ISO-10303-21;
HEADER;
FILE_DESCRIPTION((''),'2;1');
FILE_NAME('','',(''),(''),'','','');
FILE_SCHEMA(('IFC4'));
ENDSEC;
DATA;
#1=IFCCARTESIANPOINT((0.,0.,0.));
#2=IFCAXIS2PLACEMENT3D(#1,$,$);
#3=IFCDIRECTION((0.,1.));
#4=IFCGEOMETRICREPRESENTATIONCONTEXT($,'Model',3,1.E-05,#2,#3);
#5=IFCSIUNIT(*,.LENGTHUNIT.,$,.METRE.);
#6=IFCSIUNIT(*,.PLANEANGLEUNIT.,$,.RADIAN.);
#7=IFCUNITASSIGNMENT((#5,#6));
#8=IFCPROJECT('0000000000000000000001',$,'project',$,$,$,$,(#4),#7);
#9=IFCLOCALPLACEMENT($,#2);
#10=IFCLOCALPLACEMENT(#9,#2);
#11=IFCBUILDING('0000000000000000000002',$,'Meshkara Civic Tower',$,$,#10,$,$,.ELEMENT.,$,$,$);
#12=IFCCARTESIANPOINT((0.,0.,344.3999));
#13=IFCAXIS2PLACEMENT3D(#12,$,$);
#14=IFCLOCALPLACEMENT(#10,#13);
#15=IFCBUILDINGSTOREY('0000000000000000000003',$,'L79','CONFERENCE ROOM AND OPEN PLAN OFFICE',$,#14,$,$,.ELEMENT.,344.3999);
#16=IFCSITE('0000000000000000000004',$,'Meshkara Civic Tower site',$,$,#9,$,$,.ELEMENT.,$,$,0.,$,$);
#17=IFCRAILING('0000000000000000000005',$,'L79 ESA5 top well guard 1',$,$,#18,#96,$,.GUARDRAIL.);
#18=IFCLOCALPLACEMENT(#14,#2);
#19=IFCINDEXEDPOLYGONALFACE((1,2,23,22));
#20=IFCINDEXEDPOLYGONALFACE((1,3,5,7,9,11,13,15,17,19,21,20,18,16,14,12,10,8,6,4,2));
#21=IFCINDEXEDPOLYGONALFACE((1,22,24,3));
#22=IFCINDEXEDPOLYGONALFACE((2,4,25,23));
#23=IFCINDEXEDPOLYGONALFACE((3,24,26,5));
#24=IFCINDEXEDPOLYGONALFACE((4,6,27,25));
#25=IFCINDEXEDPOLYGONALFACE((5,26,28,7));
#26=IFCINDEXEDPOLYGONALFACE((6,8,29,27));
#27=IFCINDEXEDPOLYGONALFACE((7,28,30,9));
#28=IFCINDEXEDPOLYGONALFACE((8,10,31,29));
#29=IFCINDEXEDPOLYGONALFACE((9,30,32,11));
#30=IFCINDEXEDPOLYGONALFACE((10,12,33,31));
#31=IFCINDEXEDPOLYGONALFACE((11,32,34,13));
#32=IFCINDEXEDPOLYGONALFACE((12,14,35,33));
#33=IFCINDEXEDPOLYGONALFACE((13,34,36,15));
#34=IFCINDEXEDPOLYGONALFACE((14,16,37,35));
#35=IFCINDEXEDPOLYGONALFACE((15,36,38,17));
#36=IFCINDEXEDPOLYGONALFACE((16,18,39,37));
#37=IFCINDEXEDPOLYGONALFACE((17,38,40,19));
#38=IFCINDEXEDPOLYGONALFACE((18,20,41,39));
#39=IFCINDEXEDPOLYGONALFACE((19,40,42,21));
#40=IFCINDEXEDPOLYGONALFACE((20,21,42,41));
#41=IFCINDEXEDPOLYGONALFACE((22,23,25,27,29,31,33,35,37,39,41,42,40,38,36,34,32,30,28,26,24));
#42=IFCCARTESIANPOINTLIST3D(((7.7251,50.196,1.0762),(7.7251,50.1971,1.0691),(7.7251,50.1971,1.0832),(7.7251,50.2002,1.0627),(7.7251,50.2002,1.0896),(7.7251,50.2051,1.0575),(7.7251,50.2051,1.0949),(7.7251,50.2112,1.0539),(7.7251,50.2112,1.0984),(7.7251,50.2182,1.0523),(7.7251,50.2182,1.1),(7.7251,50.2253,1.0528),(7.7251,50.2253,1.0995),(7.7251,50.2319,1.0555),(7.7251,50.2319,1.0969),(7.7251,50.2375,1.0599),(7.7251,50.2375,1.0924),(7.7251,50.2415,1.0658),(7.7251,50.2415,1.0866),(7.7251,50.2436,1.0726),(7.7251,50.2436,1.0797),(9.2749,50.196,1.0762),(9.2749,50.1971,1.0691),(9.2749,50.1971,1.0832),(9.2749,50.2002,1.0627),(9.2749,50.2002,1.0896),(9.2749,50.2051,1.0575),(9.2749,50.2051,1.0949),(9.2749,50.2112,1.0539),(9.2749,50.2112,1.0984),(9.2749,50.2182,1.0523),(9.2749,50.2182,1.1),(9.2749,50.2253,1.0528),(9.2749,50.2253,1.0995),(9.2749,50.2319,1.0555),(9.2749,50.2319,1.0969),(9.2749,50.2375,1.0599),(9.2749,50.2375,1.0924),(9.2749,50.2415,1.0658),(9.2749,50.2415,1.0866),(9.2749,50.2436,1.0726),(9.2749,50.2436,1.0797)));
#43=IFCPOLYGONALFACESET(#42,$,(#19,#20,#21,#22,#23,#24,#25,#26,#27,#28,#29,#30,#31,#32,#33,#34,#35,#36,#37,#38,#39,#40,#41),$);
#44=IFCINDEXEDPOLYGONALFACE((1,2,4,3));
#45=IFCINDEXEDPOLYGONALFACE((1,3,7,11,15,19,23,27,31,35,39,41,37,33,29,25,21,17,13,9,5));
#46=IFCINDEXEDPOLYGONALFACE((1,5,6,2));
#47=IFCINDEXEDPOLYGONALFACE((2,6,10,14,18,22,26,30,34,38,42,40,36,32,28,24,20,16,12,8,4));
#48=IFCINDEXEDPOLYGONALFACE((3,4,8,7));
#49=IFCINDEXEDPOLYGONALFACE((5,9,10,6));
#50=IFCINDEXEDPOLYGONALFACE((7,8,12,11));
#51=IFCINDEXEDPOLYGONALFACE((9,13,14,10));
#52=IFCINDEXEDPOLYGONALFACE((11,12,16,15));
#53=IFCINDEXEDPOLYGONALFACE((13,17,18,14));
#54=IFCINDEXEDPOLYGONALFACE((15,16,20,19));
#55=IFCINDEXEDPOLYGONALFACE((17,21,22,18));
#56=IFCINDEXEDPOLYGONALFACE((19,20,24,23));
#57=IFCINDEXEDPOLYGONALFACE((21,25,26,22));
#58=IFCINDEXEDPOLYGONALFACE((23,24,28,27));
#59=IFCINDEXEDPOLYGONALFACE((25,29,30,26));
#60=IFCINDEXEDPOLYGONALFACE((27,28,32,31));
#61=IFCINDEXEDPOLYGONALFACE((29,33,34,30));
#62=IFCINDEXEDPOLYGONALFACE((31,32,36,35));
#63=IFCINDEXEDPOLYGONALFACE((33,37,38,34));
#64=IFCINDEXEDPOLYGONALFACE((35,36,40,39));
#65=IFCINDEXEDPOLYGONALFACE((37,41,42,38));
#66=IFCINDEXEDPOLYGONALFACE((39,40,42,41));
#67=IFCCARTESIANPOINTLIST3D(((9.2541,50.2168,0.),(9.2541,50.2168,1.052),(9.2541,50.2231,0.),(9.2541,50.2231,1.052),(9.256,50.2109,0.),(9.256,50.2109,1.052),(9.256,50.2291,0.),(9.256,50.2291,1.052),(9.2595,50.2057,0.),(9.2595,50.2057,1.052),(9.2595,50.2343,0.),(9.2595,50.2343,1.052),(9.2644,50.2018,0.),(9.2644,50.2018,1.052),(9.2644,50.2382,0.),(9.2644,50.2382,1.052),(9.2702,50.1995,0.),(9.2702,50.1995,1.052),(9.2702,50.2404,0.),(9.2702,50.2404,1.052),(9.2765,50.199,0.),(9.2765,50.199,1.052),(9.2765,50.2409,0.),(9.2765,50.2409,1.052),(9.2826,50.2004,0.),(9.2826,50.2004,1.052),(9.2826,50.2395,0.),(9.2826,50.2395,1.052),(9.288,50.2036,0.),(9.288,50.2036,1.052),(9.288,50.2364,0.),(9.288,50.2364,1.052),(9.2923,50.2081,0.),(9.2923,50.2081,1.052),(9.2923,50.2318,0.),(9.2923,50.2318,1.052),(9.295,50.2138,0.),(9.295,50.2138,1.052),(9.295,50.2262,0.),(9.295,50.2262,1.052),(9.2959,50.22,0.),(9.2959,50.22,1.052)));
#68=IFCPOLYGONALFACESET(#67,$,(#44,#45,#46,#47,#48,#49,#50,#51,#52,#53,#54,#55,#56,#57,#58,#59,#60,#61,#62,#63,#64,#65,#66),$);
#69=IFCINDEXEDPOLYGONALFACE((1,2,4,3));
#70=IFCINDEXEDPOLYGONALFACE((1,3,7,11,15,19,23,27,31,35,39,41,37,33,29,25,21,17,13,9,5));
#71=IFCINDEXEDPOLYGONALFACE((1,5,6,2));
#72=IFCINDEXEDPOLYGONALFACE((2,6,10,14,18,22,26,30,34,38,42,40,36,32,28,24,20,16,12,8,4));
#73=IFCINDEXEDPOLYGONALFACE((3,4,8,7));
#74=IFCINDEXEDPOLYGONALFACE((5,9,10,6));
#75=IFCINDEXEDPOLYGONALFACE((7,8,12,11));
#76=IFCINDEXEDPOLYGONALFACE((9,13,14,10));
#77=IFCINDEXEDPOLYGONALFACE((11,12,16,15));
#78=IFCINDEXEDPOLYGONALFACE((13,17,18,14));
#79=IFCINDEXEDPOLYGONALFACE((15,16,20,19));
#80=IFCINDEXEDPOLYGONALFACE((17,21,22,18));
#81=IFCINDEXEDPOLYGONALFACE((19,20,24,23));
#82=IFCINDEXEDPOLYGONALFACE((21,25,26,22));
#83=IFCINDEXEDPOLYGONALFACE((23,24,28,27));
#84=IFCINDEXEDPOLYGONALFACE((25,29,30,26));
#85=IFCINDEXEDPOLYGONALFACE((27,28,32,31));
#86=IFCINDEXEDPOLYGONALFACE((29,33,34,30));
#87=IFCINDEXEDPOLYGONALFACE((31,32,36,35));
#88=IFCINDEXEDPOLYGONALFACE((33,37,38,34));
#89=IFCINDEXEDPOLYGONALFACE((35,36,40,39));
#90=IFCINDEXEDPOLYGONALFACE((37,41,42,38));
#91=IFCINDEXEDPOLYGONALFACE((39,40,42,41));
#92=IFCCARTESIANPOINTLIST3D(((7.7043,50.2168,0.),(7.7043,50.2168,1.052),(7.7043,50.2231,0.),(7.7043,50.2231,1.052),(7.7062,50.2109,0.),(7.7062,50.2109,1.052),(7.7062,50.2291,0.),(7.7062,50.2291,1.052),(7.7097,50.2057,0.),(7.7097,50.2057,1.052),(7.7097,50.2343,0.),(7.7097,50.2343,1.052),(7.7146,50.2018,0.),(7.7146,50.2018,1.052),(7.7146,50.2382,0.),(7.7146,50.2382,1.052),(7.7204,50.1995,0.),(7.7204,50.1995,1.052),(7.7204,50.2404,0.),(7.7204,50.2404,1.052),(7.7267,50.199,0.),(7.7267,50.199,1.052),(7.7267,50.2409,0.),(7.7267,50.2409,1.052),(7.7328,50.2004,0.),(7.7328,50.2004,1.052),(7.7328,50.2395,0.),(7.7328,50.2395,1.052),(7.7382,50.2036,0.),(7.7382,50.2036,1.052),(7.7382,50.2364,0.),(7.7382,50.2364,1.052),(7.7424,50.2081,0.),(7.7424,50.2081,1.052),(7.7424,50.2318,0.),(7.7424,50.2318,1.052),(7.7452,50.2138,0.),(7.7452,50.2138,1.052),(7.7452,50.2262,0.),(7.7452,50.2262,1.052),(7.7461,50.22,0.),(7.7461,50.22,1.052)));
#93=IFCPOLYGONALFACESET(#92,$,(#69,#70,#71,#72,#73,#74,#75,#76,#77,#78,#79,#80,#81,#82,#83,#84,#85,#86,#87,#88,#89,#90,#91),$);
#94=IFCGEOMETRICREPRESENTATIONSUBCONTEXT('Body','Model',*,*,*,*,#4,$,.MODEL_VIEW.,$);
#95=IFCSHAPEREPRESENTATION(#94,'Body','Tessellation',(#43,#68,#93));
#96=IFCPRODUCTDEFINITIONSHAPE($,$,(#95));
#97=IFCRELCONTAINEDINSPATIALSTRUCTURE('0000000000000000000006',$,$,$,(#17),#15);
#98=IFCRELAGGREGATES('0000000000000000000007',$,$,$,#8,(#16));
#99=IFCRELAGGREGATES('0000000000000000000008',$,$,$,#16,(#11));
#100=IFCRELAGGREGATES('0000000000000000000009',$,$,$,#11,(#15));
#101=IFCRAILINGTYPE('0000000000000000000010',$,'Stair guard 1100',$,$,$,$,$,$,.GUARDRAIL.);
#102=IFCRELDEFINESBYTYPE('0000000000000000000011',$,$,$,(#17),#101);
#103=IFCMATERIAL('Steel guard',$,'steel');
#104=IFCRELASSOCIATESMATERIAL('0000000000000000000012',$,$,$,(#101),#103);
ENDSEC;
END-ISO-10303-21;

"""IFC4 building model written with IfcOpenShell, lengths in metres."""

from ifc_helpers import new_model, si_unit, direction, frame, origin, origin_2d, place, context, subcontext, project, spatial, circle, extrude, material, type_object, element, save


model = new_model("IFC4")

# Units and contexts
model_context = context("Model", 3, precision=1e-05, world=origin(), true_north=direction((0.0, 1.0)))
body_context = subcontext(model_context, "Body", "Model", "MODEL_VIEW")
ifc_project = project(units=[si_unit("LENGTHUNIT", "METRE"), si_unit("PLANEANGLEUNIT", "RADIAN")], contexts=[model_context])

# Site, building, storey
site_placement = place(None, origin())
site = spatial("IfcSite", under=ifc_project, at=site_placement, Name="Meshkara Civic Tower site", CompositionType="ELEMENT", RefElevation=0.0)
building_placement = place(site_placement, origin())
building = spatial("IfcBuilding", under=site, at=building_placement, Name="Meshkara Civic Tower", CompositionType="ELEMENT")
storey_placement = place(building_placement, frame((0.0, 0.0, 344.3999)))
storey = spatial("IfcBuildingStorey", under=building, at=storey_placement, Name="L79", Description="CONFERENCE ROOM AND OPEN PLAN OFFICE", CompositionType="ELEMENT", Elevation=344.3999)

# Railing
ifc_material_1 = material(Name="Steel guard", Category="steel")
railing_type = type_object("IfcRailingType", Name="Stair guard 1100", PredefinedType="GUARDRAIL", material=ifc_material_1)
railing_placement = place(storey_placement, frame((9.2749, 50.22, 0.0)))
element("IfcRailing", 1, at=railing_placement, inside=storey, type_object=railing_type, Name="L79 ESA5 top well guard 1", PredefinedType="GUARDRAIL", context=body_context, shape_type="SweptSolid", body=[
    extrude(circle(Radius=0.0239, at=origin_2d()), frame((0.0, 0.0, 1.0762), z_axis=(-1.0, 0.0, 0.0), x_axis=(0.0, -1.0, 0.0)), (0.0, 0.0, 1.0), 1.5498),
    extrude(circle(Radius=0.021, at=origin_2d()), origin(), (0.0, 0.0, 1.0), 1.052),
    extrude(circle(Radius=0.021, at=origin_2d()), frame((-1.5498, 0.0, 0.0)), (0.0, 0.0, 1.0), 1.052),
])

save(model, "model.ifc")
